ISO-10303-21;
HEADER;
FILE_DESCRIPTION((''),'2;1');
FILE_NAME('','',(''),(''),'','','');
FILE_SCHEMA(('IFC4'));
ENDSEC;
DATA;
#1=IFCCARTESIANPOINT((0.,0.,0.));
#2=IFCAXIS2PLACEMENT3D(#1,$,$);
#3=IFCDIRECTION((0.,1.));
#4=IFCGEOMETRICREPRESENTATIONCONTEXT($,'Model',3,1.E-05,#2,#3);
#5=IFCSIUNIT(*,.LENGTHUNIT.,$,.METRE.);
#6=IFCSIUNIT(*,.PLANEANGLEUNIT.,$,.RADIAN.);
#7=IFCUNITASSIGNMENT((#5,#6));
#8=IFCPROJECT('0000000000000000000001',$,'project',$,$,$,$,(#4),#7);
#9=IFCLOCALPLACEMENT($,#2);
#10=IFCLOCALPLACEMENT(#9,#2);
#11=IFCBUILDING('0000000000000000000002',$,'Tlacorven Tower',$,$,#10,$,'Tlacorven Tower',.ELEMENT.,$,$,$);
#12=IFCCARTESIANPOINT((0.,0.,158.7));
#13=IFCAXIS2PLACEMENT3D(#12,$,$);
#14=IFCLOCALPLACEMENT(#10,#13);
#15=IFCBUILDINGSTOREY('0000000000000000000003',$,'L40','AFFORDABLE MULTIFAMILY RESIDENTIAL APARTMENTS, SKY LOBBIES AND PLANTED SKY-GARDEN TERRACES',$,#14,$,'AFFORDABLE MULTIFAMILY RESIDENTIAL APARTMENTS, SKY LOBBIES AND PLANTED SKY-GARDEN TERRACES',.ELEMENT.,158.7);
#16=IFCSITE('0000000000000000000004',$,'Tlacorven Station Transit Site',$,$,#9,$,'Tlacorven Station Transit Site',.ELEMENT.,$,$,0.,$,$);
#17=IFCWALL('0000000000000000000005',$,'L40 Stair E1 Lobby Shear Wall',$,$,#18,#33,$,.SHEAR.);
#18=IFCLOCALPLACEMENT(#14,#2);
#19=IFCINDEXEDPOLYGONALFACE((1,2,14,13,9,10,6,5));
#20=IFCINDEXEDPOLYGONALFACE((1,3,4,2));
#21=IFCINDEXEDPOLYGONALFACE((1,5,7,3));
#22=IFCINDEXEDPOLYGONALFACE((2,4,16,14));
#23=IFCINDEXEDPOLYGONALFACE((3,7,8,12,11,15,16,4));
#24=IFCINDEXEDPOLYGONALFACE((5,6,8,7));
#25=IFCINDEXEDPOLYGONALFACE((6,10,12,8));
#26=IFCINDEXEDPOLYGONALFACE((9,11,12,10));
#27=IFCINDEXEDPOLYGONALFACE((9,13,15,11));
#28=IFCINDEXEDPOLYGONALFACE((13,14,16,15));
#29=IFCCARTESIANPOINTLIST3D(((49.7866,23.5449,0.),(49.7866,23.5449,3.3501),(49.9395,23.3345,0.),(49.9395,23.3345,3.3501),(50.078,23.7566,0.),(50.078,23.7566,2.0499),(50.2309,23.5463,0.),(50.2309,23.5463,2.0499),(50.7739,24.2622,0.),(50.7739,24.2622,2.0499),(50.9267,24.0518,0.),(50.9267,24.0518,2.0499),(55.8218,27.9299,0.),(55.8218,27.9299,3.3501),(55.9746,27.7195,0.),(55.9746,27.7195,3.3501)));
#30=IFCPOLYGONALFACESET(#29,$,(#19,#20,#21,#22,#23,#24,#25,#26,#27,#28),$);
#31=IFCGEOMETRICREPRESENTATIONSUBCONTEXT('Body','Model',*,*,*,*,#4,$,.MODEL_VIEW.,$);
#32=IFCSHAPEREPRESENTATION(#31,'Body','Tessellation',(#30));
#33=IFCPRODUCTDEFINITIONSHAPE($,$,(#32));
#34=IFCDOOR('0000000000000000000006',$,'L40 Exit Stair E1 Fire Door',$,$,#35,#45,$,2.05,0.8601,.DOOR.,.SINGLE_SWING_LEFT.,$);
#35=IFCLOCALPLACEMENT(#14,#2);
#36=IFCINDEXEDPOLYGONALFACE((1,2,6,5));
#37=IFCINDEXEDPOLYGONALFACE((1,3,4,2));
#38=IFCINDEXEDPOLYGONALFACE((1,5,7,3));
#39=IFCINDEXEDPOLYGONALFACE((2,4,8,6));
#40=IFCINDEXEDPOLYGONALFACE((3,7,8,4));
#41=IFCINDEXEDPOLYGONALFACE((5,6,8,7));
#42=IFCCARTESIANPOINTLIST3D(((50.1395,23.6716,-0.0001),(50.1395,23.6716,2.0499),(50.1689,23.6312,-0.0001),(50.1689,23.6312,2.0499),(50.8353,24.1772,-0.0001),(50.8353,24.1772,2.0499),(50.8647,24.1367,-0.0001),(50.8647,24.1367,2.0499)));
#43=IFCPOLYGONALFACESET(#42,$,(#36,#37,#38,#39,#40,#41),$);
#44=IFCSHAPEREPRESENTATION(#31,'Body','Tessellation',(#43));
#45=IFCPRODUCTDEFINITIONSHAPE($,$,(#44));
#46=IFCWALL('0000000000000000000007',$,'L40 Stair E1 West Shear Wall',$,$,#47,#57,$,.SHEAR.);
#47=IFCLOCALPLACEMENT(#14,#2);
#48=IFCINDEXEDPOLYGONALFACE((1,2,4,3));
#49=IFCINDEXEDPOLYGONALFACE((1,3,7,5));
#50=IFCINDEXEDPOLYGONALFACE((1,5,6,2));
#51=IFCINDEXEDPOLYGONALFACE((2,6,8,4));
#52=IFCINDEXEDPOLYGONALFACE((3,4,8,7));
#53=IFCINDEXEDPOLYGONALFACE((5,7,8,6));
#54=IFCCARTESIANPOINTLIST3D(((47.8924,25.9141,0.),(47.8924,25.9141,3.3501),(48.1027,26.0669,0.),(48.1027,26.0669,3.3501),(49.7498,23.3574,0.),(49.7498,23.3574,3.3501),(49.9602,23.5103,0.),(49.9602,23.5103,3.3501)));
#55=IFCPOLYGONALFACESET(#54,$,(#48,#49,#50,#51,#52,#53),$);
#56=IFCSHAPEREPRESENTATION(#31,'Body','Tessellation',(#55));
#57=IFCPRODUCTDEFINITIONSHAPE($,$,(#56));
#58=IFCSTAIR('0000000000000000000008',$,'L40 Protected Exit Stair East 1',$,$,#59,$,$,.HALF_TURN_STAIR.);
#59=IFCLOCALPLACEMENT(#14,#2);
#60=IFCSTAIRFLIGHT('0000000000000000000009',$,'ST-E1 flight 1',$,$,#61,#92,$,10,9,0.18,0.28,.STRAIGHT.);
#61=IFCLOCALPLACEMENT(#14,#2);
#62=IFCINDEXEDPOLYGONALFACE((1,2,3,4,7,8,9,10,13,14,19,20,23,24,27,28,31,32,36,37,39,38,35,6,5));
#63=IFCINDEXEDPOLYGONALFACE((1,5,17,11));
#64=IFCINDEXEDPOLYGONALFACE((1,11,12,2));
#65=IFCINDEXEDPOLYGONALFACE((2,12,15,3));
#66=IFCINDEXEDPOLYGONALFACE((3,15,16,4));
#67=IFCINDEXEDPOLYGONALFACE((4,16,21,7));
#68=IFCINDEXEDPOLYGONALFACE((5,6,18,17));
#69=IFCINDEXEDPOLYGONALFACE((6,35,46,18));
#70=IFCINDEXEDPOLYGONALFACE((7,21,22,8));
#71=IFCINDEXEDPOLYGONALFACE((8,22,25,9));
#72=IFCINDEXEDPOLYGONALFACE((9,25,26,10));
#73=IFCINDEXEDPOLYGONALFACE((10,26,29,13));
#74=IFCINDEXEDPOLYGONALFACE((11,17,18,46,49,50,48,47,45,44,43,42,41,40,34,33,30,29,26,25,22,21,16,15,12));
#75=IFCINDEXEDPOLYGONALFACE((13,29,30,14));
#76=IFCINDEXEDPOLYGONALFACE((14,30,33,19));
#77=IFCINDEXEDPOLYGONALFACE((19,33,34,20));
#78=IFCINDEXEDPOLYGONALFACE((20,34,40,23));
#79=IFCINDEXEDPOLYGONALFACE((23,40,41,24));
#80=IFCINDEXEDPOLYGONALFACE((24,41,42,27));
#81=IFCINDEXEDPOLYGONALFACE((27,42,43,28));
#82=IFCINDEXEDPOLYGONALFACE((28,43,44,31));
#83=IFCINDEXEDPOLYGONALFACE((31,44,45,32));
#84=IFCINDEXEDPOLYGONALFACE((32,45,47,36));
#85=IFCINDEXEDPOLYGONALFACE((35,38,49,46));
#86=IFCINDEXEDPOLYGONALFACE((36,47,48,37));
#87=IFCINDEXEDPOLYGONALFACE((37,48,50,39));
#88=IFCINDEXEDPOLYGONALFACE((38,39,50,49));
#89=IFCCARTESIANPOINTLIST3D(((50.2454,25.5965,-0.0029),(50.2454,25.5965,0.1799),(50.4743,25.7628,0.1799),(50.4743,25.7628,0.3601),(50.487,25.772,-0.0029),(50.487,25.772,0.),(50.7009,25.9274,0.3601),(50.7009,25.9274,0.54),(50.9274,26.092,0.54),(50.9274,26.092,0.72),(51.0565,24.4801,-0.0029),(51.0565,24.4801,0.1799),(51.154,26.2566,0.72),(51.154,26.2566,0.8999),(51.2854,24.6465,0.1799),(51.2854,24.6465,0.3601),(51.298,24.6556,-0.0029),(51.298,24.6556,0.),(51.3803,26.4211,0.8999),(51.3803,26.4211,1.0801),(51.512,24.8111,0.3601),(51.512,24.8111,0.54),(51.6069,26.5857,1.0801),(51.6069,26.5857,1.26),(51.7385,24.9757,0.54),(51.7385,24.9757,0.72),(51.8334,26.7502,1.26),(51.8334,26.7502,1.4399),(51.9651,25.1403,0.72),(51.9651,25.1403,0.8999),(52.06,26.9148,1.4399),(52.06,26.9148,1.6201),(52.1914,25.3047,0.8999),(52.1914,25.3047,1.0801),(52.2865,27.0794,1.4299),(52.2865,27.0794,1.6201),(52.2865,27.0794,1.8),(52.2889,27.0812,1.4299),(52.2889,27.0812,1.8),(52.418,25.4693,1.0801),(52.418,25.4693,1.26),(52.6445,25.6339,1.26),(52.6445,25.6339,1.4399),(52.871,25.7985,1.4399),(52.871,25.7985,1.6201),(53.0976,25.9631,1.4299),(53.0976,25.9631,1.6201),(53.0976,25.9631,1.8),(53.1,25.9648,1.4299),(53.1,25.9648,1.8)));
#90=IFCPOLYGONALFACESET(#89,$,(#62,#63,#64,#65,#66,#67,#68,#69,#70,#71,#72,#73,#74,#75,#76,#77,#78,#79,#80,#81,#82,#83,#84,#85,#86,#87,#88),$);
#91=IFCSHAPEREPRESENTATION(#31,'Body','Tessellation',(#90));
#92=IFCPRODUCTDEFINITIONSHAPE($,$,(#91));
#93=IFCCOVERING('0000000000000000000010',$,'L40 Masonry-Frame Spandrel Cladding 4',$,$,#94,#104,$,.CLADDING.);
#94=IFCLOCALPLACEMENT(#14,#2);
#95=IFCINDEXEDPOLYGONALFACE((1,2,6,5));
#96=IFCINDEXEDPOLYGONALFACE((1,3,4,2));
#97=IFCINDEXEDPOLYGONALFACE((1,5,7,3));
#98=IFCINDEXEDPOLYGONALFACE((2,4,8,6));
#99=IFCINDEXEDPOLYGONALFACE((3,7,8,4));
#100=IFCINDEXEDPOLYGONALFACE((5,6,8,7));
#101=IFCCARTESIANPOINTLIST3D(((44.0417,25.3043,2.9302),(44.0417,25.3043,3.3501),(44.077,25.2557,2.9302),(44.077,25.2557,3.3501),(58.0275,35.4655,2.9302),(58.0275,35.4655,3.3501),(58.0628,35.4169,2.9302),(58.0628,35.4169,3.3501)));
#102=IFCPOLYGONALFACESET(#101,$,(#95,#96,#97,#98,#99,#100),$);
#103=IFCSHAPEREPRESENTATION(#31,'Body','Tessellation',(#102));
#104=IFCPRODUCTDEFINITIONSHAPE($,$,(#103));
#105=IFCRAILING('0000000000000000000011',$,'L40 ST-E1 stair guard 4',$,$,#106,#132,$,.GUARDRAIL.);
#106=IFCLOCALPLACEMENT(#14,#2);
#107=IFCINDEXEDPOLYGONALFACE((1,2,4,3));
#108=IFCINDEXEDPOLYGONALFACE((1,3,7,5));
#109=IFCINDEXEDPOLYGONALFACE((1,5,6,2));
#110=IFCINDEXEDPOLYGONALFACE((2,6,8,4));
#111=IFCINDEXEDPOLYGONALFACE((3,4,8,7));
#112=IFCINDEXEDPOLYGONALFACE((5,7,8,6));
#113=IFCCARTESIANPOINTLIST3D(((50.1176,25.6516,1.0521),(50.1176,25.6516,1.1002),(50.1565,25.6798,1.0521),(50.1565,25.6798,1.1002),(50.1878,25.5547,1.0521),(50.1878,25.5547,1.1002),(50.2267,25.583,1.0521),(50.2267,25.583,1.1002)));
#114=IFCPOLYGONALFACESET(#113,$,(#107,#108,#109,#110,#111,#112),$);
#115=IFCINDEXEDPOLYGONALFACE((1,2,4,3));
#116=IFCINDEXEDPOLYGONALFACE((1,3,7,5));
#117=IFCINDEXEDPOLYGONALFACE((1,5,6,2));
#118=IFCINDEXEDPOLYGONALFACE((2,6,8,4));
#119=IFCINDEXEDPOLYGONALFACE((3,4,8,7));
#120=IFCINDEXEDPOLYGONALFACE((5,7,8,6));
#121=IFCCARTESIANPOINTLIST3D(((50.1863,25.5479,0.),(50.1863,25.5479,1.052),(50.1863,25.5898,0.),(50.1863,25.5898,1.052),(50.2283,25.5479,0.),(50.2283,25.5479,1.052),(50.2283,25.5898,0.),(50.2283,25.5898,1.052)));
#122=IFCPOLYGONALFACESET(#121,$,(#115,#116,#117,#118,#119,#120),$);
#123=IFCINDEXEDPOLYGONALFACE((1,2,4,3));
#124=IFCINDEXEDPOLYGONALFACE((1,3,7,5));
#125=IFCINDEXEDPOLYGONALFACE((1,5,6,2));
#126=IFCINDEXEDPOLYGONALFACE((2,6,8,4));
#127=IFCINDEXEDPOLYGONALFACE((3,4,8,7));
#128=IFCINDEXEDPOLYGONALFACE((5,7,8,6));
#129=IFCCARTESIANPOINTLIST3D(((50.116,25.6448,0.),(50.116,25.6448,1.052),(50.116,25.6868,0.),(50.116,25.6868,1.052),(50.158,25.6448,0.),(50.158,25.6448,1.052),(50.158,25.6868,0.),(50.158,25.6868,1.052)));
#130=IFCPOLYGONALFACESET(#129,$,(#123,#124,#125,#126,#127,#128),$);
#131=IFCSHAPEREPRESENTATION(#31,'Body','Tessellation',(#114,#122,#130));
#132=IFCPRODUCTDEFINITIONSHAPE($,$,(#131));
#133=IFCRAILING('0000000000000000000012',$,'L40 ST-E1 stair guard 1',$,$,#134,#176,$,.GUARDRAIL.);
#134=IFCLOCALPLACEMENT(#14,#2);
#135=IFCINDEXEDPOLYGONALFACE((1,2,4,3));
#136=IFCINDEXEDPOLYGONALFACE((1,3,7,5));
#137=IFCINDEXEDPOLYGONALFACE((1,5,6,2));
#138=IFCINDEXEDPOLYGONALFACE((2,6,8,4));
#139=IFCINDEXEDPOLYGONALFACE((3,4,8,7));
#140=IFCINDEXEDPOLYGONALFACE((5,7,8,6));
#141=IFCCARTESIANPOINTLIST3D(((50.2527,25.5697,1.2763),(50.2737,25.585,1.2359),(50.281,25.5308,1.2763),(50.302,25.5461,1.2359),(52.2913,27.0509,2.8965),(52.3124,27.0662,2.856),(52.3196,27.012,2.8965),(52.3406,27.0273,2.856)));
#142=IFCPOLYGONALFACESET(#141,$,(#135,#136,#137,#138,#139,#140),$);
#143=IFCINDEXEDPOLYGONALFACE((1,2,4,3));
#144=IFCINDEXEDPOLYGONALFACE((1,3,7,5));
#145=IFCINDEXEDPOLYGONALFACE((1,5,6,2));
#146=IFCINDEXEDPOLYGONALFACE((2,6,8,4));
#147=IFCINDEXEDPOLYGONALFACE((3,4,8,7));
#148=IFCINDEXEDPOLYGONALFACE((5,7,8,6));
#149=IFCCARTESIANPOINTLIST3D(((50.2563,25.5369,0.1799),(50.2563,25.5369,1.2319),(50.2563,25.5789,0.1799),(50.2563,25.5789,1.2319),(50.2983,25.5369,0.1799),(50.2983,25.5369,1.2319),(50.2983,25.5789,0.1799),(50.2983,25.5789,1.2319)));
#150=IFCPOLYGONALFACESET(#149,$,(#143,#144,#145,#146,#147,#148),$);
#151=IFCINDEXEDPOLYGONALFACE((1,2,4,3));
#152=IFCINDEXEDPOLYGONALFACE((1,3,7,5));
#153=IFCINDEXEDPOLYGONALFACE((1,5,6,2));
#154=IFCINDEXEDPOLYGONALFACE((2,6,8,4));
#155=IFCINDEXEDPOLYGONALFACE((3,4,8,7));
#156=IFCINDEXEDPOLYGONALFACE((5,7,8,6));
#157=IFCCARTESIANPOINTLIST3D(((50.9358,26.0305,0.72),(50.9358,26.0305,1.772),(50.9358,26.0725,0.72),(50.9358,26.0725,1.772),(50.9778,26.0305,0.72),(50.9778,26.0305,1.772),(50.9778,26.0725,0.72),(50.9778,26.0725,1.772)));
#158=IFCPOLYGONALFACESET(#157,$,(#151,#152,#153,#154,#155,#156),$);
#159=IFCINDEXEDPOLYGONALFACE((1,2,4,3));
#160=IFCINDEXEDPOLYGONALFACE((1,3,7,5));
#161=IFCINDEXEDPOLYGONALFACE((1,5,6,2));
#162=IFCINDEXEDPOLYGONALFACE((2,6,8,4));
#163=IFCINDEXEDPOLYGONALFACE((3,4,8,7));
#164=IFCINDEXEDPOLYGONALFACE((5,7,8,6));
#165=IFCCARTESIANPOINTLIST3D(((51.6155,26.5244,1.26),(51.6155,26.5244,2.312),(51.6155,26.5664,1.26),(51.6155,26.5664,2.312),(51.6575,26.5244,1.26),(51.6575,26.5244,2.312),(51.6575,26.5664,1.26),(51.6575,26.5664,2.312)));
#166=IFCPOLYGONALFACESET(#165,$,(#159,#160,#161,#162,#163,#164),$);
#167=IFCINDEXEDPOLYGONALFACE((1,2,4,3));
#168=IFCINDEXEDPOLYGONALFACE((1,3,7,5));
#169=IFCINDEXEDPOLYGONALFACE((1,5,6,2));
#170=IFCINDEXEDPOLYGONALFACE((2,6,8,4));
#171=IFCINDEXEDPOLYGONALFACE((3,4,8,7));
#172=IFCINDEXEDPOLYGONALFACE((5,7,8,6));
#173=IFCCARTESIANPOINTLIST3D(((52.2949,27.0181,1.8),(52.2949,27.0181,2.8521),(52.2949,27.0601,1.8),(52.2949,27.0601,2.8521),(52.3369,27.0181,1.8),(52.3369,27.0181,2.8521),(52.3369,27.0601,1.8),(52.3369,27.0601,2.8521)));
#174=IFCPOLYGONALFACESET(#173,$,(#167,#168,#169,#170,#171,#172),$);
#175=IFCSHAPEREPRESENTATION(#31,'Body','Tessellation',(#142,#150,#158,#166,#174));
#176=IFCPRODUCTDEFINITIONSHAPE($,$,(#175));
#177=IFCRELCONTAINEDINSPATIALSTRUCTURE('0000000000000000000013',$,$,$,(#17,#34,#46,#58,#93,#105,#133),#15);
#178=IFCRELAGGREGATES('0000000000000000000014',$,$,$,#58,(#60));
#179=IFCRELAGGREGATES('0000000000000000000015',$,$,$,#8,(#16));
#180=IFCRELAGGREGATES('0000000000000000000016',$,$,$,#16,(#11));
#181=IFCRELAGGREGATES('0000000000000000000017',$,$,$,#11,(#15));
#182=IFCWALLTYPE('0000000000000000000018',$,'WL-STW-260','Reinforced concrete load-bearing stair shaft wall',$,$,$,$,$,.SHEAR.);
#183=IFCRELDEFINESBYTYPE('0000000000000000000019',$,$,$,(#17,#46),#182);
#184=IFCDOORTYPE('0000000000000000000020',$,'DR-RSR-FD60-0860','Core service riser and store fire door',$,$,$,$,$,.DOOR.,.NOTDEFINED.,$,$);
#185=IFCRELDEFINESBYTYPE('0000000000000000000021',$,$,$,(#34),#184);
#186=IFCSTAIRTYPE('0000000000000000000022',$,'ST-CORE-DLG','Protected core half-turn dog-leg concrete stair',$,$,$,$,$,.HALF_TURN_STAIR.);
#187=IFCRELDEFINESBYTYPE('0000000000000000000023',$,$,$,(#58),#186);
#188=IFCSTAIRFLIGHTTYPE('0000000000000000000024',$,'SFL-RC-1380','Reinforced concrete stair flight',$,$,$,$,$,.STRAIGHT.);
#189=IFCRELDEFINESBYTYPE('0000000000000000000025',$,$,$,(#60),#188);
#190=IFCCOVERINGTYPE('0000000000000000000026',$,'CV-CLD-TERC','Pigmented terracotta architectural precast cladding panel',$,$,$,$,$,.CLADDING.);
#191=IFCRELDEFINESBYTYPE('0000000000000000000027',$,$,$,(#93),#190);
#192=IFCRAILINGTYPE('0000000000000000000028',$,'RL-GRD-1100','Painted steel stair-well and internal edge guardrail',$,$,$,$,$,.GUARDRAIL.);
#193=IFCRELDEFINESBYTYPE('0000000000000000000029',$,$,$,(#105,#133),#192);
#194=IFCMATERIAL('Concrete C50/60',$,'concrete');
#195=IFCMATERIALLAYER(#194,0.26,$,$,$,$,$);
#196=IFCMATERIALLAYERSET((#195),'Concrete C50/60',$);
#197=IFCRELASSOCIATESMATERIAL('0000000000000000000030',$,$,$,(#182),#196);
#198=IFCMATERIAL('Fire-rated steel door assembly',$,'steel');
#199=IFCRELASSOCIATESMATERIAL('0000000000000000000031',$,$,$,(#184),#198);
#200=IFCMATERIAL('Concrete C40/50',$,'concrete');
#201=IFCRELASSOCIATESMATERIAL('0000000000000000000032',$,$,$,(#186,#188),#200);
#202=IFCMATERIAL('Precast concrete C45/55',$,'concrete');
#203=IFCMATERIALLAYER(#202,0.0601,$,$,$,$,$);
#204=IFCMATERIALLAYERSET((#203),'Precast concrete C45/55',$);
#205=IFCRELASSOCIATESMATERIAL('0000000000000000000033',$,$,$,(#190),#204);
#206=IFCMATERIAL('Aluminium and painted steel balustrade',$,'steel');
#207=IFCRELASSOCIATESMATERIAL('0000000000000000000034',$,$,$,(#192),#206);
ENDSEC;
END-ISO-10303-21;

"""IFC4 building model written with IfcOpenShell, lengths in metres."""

from ifc_helpers import new_model, si_unit, direction, frame, frame_2d, origin, origin_2d, place, context, subcontext, project, spatial, polyline, rectangle, outline, extrude, source, transform, mapped, material, layer, layer_set, type_object, element, fill, aggregate, save


model = new_model("IFC4")

# Units and contexts
model_context = context("Model", 3, precision=1e-05, world=origin(), true_north=direction((0.0, 1.0)))
body_context = subcontext(model_context, "Body", "Model", "MODEL_VIEW")
ifc_project = project(units=[si_unit("LENGTHUNIT", "METRE"), si_unit("PLANEANGLEUNIT", "RADIAN")], contexts=[model_context])

# Site, building, storey
site_placement = place(None, origin())
site = spatial("IfcSite", under=ifc_project, at=site_placement, Name="Tlacorven Station Transit Site", LongName="Tlacorven Station Transit Site", CompositionType="ELEMENT", RefElevation=0.0)
building_placement = place(site_placement, origin())
building = spatial("IfcBuilding", under=site, at=building_placement, Name="Tlacorven Tower", LongName="Tlacorven Tower", CompositionType="ELEMENT")
storey_placement = place(building_placement, frame((0.0, 0.0, 158.7)))
storey = spatial("IfcBuildingStorey", under=building, at=storey_placement, Name="L40", Description="AFFORDABLE MULTIFAMILY RESIDENTIAL APARTMENTS, SKY LOBBIES AND PLANTED SKY-GARDEN TERRACES", LongName="AFFORDABLE MULTIFAMILY RESIDENTIAL APARTMENTS, SKY LOBBIES AND PLANTED SKY-GARDEN TERRACES", CompositionType="ELEMENT", Elevation=158.7)

# Shared definitions
ifc_material_1 = material(Name="Precast concrete C45/55", Category="concrete")

# Shared definitions
ifc_material_2 = material(Name="Concrete C40/50", Category="concrete")
ifc_material_3 = material(Name="Fire-rated steel door assembly", Category="steel")

# Shared definitions
ifc_material_4 = material(Name="Concrete C50/60", Category="concrete")
ifc_layer_1 = layer(ifc_material_4, 0.26)
ifc_layer_set_1 = layer_set([ifc_layer_1], Name="Concrete C50/60")
wall_type_1 = type_object("IfcWallType", Name="WL-STW-260", Description="Reinforced concrete load-bearing stair shaft wall", PredefinedType="SHEAR", material=ifc_layer_set_1)

# Wall, opening, door
wall_1_placement = place(storey_placement, frame((49.863, 23.4397, 0.0), z_axis=(0.0, 0.0, 1.0), x_axis=(0.809003, 0.587804, 0.0)))
wall_1 = element("IfcWall", 1, at=wall_1_placement, inside=storey, type_object=wall_type_1, Name="L40 Stair E1 Lobby Shear Wall", PredefinedType="SHEAR", context=body_context, shape_type="SweptSolid", body=[
    extrude(rectangle(XDim=7.46, YDim=0.26, at=frame_2d((3.73, 0.0))), origin(), (0.0, 0.0, 1.0), 3.3501),
])
opening_1_placement = place(wall_1_placement, frame((0.3601, 0.0, 0.0)))
opening_1 = element("IfcOpeningElement", 2, at=opening_1_placement, cuts=wall_1, PredefinedType="OPENING", context=body_context, shape_type="SweptSolid", body=[
    extrude(rectangle(XDim=0.8601, YDim=2.05, at=frame_2d((0.4302, 1.0249))), frame((0.0, 0.1401, 0.0), z_axis=(0.0, -1.0, 0.0), x_axis=(1.0, 0.0, 0.0)), (0.0, 0.0, 1.0), 0.28),
])
door_type_1 = type_object("IfcDoorType", Name="DR-RSR-FD60-0860", Description="Core service riser and store fire door", OperationType="NOTDEFINED", PredefinedType="DOOR", material=ifc_material_3)
shared_shape_1 = source(origin(), body_context, "Body", "SweptSolid", [
    extrude(rectangle(XDim=0.8601, YDim=2.05, at=frame_2d((0.4302, 1.0249))), frame((0.0, 0.0249, 0.0), z_axis=(0.0, -1.0, 0.0), x_axis=(1.0, 0.0, 0.0)), (0.0, 0.0, 1.0), 0.05),
])
door_1_placement = place(opening_1_placement, frame((0.8601, 0.0, 0.0), z_axis=(0.0, 0.0, 1.0), x_axis=(-1.0, 0.0, 0.0)))
door_1 = element("IfcDoor", 3, at=door_1_placement, inside=storey, type_object=door_type_1, Name="L40 Exit Stair E1 Fire Door", OperationType="SINGLE_SWING_LEFT", OverallHeight=2.05, OverallWidth=0.8601, PredefinedType="DOOR", context=body_context, shape_type="MappedRepresentation", body=[
    mapped(shared_shape_1, transform((0.0, 0.0, 0.0), scale=1.0)),
])
fill(opening_1, door_1)

# Wall
wall_2_placement = place(storey_placement, frame((49.855, 23.4338, 0.0), z_axis=(0.0, 0.0, 1.0), x_axis=(-0.587767, 0.80903, 0.0)))
element("IfcWall", 4, at=wall_2_placement, inside=storey, type_object=wall_type_1, Name="L40 Stair E1 West Shear Wall", PredefinedType="SHEAR", context=body_context, shape_type="SweptSolid", body=[
    extrude(rectangle(XDim=3.1602, YDim=0.26, at=frame_2d((1.5801, 0.0))), origin(), (0.0, 0.0, 1.0), 3.3501),
])

# Stair, stair flight
stair_type = type_object("IfcStairType", Name="ST-CORE-DLG", Description="Protected core half-turn dog-leg concrete stair", PredefinedType="HALF_TURN_STAIR", material=ifc_material_2)
stair_placement = place(storey_placement, origin())
stair = element("IfcStair", 5, at=stair_placement, inside=storey, type_object=stair_type, Name="L40 Protected Exit Stair East 1", PredefinedType="HALF_TURN_STAIR")
stair_flight_type = type_object("IfcStairFlightType", Name="SFL-RC-1380", Description="Reinforced concrete stair flight", PredefinedType="STRAIGHT", material=ifc_material_2)
shared_shape_2 = source(origin(), body_context, "Body", "SweptSolid", [
    extrude(outline(polyline([(-0.0029, -0.0029), (-0.0029, 0.1799), (0.28, 0.1799), (0.28, 0.3601), (0.5601, 0.3601), (0.5601, 0.54), (0.8401, 0.54), (0.8401, 0.72), (1.1201, 0.72), (1.1201, 0.8999), (1.3999, 0.8999), (1.3999, 1.0801), (1.6799, 1.0801), (1.6799, 1.26), (1.96, 1.26), (1.96, 1.4399), (2.24, 1.4399), (2.24, 1.6201), (2.52, 1.6201), (2.52, 1.8), (2.5229, 1.8), (2.5229, 1.4299), (2.52, 1.4299), (0.2957, 0.0), (0.2957, -0.0029), (-0.0029, -0.0029)])), frame((0.0, 0.6899, 0.0), z_axis=(0.0, -1.0, 0.0), x_axis=(1.0, 0.0, 0.0)), (0.0, 0.0, 1.0), 1.3799),
])
stair_flight_placement = place(storey_placement, frame((50.6533, 25.04, 0.0), z_axis=(0.0, 0.0, 1.0), x_axis=(0.809017, 0.587785, 0.0)))
stair_flight = element("IfcStairFlight", 6, at=stair_flight_placement, type_object=stair_flight_type, Name="ST-E1 flight 1", NumberOfRisers=10, NumberOfTreads=9, PredefinedType="STRAIGHT", RiserHeight=0.18, TreadLength=0.28, context=body_context, shape_type="MappedRepresentation", body=[
    mapped(shared_shape_2, transform((0.0, 0.0, 0.0), scale=1.0)),
])
aggregate(stair, [stair_flight])

# Covering
ifc_layer_2 = layer(ifc_material_1, 0.0601)
ifc_layer_set_2 = layer_set([ifc_layer_2], Name="Precast concrete C45/55")
covering_type = type_object("IfcCoveringType", Name="CV-CLD-TERC", Description="Pigmented terracotta architectural precast cladding panel", PredefinedType="CLADDING", material=ifc_layer_set_2)
shared_shape_3 = source(origin(), body_context, "Body", "SweptSolid", [
    extrude(rectangle(XDim=17.2874, YDim=0.0601, at=origin_2d()), origin(), (0.0, 0.0, 1.0), 0.4199),
])
covering_placement = place(storey_placement, frame((51.0522, 30.3606, 2.9302), z_axis=(0.0, 0.0, 1.0), x_axis=(0.809017, 0.587785, 0.0)))
element("IfcCovering", 7, at=covering_placement, inside=storey, type_object=covering_type, Name="L40 Masonry-Frame Spandrel Cladding 4", PredefinedType="CLADDING", context=body_context, shape_type="MappedRepresentation", body=[
    mapped(shared_shape_3, transform((0.0, 0.0, 0.0), scale=1.0)),
])

# Railings
ifc_material_5 = material(Name="Aluminium and painted steel balustrade", Category="steel")
railing_type_1 = type_object("IfcRailingType", Name="RL-GRD-1100", Description="Painted steel stair-well and internal edge guardrail", PredefinedType="GUARDRAIL", material=ifc_material_5)
shared_shape_4 = source(origin(), body_context, "Body", "SweptSolid", [
    extrude(rectangle(XDim=0.0481, YDim=0.0481, at=origin_2d()), frame((0.0, 0.0, 1.0762), z_axis=(-0.587201, 0.809441, 0.0), x_axis=(-0.809441, -0.587201, 0.0)), (0.0, 0.0, 1.0), 0.1196),
    extrude(rectangle(XDim=0.042, YDim=0.042, at=origin_2d()), origin(), (0.0, 0.0, 1.0), 1.052),
    extrude(rectangle(XDim=0.042, YDim=0.042, at=origin_2d()), frame((-0.0703, 0.0969, 0.0)), (0.0, 0.0, 1.0), 1.052),
])
railing_1_placement = place(storey_placement, frame((50.2073, 25.5688, 0.0)))
element("IfcRailing", 8, at=railing_1_placement, inside=storey, type_object=railing_type_1, Name="L40 ST-E1 stair guard 4", PredefinedType="GUARDRAIL", context=body_context, shape_type="MappedRepresentation", body=[
    mapped(shared_shape_4, transform((0.0, 0.0, 0.0), scale=1.0)),
])
shared_shape_5 = source(origin(), body_context, "Body", "SweptSolid", [
    extrude(rectangle(XDim=0.0481, YDim=0.0481, at=origin_2d()), frame((0.0, 0.0, 1.0762), z_axis=(0.680489, 0.494434, 0.540805), x_axis=(-0.587809, 0.809, 0.0)), (0.0, 0.0, 1.0), 2.9958),
    extrude(rectangle(XDim=0.042, YDim=0.042, at=origin_2d()), origin(), (0.0, 0.0, 1.0), 1.052),
    extrude(rectangle(XDim=0.042, YDim=0.042, at=origin_2d()), frame((0.6794, 0.4937, 0.54)), (0.0, 0.0, 1.0), 1.052),
    extrude(rectangle(XDim=0.042, YDim=0.042, at=origin_2d()), frame((1.3591, 0.9875, 1.0801)), (0.0, 0.0, 1.0), 1.052),
    extrude(rectangle(XDim=0.042, YDim=0.042, at=origin_2d()), frame((2.0386, 1.4812, 1.6201)), (0.0, 0.0, 1.0), 1.052),
])
railing_2_placement = place(storey_placement, frame((50.2773, 25.5579, 0.1799)))
element("IfcRailing", 9, at=railing_2_placement, inside=storey, type_object=railing_type_1, Name="L40 ST-E1 stair guard 1", PredefinedType="GUARDRAIL", context=body_context, shape_type="MappedRepresentation", body=[
    mapped(shared_shape_5, transform((0.0, 0.0, 0.0), scale=1.0)),
])

save(model, "model.ifc")
